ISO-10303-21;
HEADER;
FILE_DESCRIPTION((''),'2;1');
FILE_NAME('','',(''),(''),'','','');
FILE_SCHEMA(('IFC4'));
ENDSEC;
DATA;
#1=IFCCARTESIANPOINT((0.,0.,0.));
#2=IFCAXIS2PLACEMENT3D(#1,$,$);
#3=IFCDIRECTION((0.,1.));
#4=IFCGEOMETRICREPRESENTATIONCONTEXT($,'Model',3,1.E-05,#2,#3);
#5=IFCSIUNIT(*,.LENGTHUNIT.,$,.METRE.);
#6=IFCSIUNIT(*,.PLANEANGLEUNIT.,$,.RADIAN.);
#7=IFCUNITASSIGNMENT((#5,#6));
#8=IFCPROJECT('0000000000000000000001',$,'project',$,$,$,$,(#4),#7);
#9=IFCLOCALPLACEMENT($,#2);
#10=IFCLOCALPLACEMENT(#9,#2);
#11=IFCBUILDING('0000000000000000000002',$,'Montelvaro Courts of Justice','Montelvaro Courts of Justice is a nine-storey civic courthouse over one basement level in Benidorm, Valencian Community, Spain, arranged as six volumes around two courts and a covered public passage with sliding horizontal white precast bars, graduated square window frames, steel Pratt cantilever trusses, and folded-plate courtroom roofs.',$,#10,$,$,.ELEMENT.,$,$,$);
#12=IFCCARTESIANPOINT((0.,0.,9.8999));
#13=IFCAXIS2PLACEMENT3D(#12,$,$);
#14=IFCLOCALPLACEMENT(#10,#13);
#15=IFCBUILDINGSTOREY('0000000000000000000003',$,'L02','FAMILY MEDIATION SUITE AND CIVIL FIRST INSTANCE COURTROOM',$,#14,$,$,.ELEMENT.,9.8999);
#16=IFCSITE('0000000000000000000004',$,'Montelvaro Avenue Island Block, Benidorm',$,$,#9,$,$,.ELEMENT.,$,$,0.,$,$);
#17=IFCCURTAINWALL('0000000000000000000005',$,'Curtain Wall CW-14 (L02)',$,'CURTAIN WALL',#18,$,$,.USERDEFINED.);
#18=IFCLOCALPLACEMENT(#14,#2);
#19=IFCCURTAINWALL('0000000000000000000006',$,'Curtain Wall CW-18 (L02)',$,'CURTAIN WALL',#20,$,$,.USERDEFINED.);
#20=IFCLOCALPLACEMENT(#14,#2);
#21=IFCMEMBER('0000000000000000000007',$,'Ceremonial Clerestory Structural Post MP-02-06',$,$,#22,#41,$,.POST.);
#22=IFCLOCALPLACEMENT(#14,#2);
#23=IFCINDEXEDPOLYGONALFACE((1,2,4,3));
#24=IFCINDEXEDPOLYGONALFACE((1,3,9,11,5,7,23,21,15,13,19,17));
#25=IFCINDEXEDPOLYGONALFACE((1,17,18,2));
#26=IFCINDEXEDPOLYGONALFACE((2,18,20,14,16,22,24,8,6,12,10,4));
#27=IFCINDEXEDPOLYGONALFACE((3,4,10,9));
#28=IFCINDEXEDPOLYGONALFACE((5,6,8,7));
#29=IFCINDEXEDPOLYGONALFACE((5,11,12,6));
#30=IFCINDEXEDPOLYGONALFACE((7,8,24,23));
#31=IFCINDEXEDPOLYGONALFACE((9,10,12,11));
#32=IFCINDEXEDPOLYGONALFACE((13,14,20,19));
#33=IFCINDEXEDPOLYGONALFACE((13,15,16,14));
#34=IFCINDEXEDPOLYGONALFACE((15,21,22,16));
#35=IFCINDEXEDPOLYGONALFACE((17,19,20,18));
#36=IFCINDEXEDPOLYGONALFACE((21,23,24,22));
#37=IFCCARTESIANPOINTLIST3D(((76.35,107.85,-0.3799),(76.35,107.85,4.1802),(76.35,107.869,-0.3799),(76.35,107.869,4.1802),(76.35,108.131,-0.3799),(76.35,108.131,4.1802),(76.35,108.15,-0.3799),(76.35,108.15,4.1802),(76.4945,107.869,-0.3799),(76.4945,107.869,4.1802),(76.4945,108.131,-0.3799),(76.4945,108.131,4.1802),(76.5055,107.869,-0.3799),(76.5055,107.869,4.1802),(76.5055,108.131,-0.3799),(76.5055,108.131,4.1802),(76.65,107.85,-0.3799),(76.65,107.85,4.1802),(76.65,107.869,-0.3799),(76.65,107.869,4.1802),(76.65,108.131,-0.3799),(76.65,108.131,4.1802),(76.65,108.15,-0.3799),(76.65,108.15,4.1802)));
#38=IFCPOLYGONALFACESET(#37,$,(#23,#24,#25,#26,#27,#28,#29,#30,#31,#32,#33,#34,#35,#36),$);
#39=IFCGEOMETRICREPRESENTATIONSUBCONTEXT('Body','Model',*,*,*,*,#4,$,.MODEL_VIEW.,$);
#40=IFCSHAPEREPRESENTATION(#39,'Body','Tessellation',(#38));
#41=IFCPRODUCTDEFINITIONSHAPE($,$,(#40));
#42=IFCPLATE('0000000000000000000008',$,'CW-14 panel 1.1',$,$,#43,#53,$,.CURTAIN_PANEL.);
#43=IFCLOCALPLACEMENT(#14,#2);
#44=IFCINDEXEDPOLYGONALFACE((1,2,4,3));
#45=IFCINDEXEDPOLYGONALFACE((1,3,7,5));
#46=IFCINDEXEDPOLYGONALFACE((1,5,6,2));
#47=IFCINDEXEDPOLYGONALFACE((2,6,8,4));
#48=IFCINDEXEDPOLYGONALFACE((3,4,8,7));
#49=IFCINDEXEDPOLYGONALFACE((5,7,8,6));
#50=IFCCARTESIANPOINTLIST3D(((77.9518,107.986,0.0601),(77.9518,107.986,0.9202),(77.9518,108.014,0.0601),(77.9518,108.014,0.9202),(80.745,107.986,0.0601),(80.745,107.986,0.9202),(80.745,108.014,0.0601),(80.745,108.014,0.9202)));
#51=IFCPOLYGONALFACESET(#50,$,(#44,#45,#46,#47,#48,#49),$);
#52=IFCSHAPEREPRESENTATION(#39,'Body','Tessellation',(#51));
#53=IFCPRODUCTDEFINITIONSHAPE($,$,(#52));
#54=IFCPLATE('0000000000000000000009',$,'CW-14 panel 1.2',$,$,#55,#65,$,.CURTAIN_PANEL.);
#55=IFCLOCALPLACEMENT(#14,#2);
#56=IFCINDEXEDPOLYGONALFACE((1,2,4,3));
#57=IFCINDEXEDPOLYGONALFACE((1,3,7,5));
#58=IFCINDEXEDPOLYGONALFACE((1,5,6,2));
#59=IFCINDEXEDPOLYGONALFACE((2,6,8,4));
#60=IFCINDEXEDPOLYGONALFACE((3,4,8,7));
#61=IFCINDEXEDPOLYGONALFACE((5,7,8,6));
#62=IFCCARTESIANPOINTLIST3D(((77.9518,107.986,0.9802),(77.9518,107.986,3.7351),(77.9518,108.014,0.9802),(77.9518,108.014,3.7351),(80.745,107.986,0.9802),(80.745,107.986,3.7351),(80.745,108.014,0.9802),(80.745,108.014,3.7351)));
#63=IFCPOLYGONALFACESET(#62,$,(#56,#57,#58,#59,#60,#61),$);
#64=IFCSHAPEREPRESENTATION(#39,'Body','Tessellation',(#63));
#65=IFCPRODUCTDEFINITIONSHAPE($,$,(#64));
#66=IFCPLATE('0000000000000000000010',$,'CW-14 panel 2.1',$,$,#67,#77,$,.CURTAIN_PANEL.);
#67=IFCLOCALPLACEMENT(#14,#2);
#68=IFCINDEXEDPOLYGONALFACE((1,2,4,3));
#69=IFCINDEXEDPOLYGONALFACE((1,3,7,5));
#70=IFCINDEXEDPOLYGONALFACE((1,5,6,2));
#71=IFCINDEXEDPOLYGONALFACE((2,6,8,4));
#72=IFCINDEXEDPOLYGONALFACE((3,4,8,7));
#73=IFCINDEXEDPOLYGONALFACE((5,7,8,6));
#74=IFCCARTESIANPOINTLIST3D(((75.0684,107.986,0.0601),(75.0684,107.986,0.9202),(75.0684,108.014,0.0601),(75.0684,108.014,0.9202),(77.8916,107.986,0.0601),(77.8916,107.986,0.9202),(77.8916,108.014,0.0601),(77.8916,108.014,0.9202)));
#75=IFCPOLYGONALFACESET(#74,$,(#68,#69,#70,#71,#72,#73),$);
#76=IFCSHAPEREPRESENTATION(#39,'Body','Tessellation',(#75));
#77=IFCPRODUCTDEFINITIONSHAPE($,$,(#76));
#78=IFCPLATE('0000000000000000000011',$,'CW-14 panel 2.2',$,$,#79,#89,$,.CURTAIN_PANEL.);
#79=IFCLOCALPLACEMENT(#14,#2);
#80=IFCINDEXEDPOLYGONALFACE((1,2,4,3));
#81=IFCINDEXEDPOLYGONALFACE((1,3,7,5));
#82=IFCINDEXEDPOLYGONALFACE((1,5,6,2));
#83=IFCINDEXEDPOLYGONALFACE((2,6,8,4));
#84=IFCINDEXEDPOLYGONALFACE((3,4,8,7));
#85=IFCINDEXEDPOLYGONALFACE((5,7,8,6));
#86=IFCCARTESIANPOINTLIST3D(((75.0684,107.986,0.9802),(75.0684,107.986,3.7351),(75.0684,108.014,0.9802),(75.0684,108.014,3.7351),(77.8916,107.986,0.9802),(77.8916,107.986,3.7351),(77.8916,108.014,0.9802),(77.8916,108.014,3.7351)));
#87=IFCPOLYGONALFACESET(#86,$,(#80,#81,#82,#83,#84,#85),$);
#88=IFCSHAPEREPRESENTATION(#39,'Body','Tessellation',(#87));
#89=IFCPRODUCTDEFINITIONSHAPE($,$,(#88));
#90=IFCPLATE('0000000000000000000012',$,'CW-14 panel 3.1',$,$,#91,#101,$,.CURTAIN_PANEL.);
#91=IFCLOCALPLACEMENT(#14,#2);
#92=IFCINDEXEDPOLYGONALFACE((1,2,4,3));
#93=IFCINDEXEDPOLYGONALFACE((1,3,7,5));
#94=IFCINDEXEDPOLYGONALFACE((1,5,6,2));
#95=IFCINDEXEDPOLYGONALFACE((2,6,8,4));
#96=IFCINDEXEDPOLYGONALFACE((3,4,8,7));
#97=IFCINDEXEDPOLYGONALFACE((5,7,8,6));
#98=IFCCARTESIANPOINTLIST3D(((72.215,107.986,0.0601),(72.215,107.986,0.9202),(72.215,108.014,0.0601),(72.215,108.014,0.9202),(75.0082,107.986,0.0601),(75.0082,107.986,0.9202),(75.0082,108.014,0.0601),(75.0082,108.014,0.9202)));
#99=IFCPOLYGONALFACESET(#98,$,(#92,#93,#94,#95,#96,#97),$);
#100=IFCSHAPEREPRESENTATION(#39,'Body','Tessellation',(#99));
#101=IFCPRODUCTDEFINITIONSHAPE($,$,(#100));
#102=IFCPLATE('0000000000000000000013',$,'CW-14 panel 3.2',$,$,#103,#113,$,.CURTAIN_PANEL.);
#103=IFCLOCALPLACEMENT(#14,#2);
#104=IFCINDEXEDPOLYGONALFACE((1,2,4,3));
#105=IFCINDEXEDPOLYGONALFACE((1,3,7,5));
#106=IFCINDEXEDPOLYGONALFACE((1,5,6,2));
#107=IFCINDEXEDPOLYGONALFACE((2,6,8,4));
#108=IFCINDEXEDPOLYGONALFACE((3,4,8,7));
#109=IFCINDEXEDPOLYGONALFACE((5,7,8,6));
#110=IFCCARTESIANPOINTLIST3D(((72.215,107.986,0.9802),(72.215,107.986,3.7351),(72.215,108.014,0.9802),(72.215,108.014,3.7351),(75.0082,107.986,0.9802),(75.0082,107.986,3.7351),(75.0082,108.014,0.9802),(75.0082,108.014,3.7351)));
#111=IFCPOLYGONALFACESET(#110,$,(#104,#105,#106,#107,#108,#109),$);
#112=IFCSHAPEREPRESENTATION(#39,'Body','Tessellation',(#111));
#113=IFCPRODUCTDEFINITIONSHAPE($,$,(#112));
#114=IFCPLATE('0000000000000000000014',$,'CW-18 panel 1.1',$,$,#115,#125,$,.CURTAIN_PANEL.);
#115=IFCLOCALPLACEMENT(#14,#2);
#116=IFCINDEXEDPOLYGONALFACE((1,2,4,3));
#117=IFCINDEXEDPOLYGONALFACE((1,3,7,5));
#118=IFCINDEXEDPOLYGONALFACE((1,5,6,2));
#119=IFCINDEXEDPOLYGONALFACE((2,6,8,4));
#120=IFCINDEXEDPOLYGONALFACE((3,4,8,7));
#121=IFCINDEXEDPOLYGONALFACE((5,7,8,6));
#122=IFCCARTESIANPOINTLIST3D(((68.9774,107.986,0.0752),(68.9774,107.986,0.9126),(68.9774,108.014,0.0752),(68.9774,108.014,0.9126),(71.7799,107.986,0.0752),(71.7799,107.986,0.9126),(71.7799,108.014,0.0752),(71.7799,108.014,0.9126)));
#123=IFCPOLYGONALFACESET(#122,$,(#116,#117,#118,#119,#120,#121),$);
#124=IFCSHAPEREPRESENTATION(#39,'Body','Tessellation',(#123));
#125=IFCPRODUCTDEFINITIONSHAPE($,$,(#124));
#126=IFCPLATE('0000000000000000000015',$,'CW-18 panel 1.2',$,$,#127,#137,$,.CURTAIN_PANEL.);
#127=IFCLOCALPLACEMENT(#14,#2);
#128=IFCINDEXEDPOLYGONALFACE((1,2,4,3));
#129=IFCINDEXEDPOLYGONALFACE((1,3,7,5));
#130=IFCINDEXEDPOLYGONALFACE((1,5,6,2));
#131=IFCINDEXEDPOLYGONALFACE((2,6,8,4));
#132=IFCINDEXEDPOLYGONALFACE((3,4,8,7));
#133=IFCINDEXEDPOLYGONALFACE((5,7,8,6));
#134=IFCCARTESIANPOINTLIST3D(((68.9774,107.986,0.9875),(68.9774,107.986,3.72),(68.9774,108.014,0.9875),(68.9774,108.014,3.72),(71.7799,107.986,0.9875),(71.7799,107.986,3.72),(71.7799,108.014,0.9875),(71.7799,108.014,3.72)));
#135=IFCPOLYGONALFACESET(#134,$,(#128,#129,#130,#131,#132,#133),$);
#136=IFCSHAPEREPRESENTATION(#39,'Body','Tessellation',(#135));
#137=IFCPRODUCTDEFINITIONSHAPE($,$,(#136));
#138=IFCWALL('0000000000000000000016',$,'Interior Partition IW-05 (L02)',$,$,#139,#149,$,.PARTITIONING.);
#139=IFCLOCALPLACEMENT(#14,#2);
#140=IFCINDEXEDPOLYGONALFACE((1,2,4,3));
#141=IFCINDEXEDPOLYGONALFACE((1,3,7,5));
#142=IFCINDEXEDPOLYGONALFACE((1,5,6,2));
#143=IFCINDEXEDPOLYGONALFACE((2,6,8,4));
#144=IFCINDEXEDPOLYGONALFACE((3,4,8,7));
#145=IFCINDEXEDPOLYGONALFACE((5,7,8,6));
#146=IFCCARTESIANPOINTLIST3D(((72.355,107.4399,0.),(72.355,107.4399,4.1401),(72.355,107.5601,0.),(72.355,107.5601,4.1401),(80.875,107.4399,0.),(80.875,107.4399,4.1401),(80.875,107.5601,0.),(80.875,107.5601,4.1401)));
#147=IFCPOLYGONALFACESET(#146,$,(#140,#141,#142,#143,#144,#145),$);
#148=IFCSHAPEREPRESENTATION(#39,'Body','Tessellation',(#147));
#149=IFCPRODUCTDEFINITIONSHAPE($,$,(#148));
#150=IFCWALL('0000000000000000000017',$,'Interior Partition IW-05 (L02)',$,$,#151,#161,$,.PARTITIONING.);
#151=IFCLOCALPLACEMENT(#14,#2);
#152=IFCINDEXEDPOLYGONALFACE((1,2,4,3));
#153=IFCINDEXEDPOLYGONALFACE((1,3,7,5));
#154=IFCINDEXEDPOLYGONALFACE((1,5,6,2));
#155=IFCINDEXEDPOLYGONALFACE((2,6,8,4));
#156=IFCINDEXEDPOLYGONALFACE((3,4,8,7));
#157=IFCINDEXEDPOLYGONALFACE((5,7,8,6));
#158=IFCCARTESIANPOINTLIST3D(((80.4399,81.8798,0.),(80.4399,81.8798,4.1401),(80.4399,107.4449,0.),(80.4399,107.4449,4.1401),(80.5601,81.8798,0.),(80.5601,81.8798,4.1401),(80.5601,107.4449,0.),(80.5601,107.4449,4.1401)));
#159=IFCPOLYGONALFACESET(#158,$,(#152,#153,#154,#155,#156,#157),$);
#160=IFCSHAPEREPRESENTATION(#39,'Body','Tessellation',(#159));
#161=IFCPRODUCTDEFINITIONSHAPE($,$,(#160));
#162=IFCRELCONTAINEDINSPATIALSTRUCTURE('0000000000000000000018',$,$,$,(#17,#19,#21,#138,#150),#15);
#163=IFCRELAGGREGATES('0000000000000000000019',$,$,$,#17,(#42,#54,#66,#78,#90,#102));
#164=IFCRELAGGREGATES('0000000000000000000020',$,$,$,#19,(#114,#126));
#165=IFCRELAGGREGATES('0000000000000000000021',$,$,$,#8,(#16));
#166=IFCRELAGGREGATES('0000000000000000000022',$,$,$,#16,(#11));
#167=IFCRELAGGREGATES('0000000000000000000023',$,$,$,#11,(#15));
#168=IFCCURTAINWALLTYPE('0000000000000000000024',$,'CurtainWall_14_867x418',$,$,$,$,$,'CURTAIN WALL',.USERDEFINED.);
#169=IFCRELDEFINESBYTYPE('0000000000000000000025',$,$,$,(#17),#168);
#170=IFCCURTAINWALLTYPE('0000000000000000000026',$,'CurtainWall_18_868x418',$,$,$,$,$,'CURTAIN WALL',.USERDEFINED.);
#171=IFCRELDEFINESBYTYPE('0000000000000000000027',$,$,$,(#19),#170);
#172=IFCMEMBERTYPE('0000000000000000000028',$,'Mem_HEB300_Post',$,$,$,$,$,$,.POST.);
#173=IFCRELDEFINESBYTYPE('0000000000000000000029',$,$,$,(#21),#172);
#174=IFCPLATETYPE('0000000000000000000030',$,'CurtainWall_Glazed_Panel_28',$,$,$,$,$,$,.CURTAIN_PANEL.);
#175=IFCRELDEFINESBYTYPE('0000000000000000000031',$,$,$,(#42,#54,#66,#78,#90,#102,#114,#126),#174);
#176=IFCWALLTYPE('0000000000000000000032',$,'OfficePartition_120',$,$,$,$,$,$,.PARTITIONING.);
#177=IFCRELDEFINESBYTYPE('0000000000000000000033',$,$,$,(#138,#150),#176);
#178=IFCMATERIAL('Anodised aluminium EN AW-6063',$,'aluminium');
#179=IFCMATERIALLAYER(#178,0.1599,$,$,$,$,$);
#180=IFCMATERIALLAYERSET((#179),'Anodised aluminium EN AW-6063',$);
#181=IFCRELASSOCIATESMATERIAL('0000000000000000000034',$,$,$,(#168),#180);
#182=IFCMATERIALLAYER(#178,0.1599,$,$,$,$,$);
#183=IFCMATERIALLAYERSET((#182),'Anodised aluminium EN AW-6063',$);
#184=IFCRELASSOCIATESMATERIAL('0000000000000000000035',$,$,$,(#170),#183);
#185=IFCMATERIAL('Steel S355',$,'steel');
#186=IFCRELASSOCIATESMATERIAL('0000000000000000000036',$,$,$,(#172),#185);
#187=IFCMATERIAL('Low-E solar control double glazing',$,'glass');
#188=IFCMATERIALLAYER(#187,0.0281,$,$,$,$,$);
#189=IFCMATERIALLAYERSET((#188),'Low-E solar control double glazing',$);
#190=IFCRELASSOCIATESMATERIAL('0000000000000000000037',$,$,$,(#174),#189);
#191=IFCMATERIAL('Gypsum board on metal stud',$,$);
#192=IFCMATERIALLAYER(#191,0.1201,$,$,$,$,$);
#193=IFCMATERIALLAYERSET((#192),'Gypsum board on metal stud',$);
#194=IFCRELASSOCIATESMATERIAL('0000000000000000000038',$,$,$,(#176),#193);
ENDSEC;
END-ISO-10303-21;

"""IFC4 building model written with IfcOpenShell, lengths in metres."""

from ifc_helpers import new_model, si_unit, direction, frame, frame_2d, origin, origin_2d, place, context, subcontext, project, spatial, rectangle, i_section, extrude, material, layer, layer_set, material_profile, profile_set, type_object, element, aggregate, save


model = new_model("IFC4")

# Units and contexts
model_context = context("Model", 3, precision=1e-05, world=origin(), true_north=direction((0.0, 1.0)))
body_context = subcontext(model_context, "Body", "Model", "MODEL_VIEW")
ifc_project = project(units=[si_unit("LENGTHUNIT", "METRE"), si_unit("PLANEANGLEUNIT", "RADIAN")], contexts=[model_context])

# Site, building, storey
site_placement = place(None, origin())
site = spatial("IfcSite", under=ifc_project, at=site_placement, Name="Montelvaro Avenue Island Block, Benidorm", CompositionType="ELEMENT", RefElevation=0.0)
building_placement = place(site_placement, origin())
building = spatial("IfcBuilding", under=site, at=building_placement, Name="Montelvaro Courts of Justice", Description="Montelvaro Courts of Justice is a nine-storey civic courthouse over one basement level in Benidorm, Valencian Community, Spain, arranged as six volumes around two courts and a covered public passage with sliding horizontal white precast bars, graduated square window frames, steel Pratt cantilever trusses, and folded-plate courtroom roofs.", CompositionType="ELEMENT")
storey_placement = place(building_placement, frame((0.0, 0.0, 9.8999)))
storey = spatial("IfcBuildingStorey", under=building, at=storey_placement, Name="L02", Description="FAMILY MEDIATION SUITE AND CIVIL FIRST INSTANCE COURTROOM", CompositionType="ELEMENT", Elevation=9.8999)

# Shared definitions
ifc_material_1 = material(Name="Steel S355", Category="steel")

# Shared definitions
ifc_material_2 = material(Name="Anodised aluminium EN AW-6063", Category="aluminium")

# Curtain wall
ifc_layer_1 = layer(ifc_material_2, 0.1599)
ifc_layer_set_1 = layer_set([ifc_layer_1], Name="Anodised aluminium EN AW-6063")
curtain_wall_type_1 = type_object("IfcCurtainWallType", Name="CurtainWall_14_867x418", ElementType="CURTAIN WALL", PredefinedType="USERDEFINED", material=ifc_layer_set_1)
curtain_wall_1_placement = place(storey_placement, origin())
curtain_wall_1 = element("IfcCurtainWall", 1, at=curtain_wall_1_placement, inside=storey, type_object=curtain_wall_type_1, Name="Curtain Wall CW-14 (L02)", ObjectType="CURTAIN WALL", PredefinedType="USERDEFINED")

# Curtain wall
ifc_layer_2 = layer(ifc_material_2, 0.1599)
ifc_layer_set_2 = layer_set([ifc_layer_2], Name="Anodised aluminium EN AW-6063")
curtain_wall_type_2 = type_object("IfcCurtainWallType", Name="CurtainWall_18_868x418", ElementType="CURTAIN WALL", PredefinedType="USERDEFINED", material=ifc_layer_set_2)
curtain_wall_2_placement = place(storey_placement, origin())
curtain_wall_2 = element("IfcCurtainWall", 2, at=curtain_wall_2_placement, inside=storey, type_object=curtain_wall_type_2, Name="Curtain Wall CW-18 (L02)", ObjectType="CURTAIN WALL", PredefinedType="USERDEFINED")

# Member
ifc_material_profile_1 = material_profile(ifc_material_1, i_section(OverallWidth=0.3, OverallDepth=0.3, WebThickness=0.011, FlangeThickness=0.019, at=origin_2d()), Name="HEB 300")
ifc_profile_set_1 = profile_set([ifc_material_profile_1], Name="Steel S355")
member_type_1 = type_object("IfcMemberType", Name="Mem_HEB300_Post", PredefinedType="POST", material=ifc_profile_set_1)
member_1_placement = place(storey_placement, frame((76.5, 108.0, -0.3799), z_axis=(0.0, 0.0, 1.0), x_axis=(1.0, 0.0, 0.0)))
element("IfcMember", 3, at=member_1_placement, inside=storey, type_object=member_type_1, Name="Ceremonial Clerestory Structural Post MP-02-06", PredefinedType="POST", context=body_context, shape_type="SweptSolid", body=[
    extrude(i_section(OverallWidth=0.3, OverallDepth=0.3, WebThickness=0.011, FlangeThickness=0.019, at=origin_2d()), origin(), (0.0, 0.0, 1.0), 4.5601),
])

# Plates
ifc_material_3 = material(Name="Low-E solar control double glazing", Category="glass")
ifc_layer_3 = layer(ifc_material_3, 0.0281)
ifc_layer_set_3 = layer_set([ifc_layer_3], Name="Low-E solar control double glazing")
plate_type = type_object("IfcPlateType", Name="CurtainWall_Glazed_Panel_28", PredefinedType="CURTAIN_PANEL", material=ifc_layer_set_3)
plate_1_placement = place(storey_placement, frame((79.3484, 108.0, 0.0601), z_axis=(0.0, 0.0, 1.0), x_axis=(-1.0, 0.0, 0.0)))
plate_1 = element("IfcPlate", 4, at=plate_1_placement, type_object=plate_type, Name="CW-14 panel 1.1", PredefinedType="CURTAIN_PANEL", context=body_context, shape_type="SweptSolid", body=[
    extrude(rectangle(XDim=2.7932, YDim=0.0281, at=origin_2d()), origin(), (0.0, 0.0, 1.0), 0.8601),
])
plate_2_placement = place(storey_placement, frame((79.3484, 108.0, 0.9802), z_axis=(0.0, 0.0, 1.0), x_axis=(-1.0, 0.0, 0.0)))
plate_2 = element("IfcPlate", 5, at=plate_2_placement, type_object=plate_type, Name="CW-14 panel 1.2", PredefinedType="CURTAIN_PANEL", context=body_context, shape_type="SweptSolid", body=[
    extrude(rectangle(XDim=2.7932, YDim=0.0281, at=origin_2d()), origin(), (0.0, 0.0, 1.0), 2.7549),
])
plate_3_placement = place(storey_placement, frame((76.48, 108.0, 0.0601), z_axis=(0.0, 0.0, 1.0), x_axis=(-1.0, 0.0, 0.0)))
plate_3 = element("IfcPlate", 6, at=plate_3_placement, type_object=plate_type, Name="CW-14 panel 2.1", PredefinedType="CURTAIN_PANEL", context=body_context, shape_type="SweptSolid", body=[
    extrude(rectangle(XDim=2.8232, YDim=0.0281, at=origin_2d()), origin(), (0.0, 0.0, 1.0), 0.8601),
])
plate_4_placement = place(storey_placement, frame((76.48, 108.0, 0.9802), z_axis=(0.0, 0.0, 1.0), x_axis=(-1.0, 0.0, 0.0)))
plate_4 = element("IfcPlate", 7, at=plate_4_placement, type_object=plate_type, Name="CW-14 panel 2.2", PredefinedType="CURTAIN_PANEL", context=body_context, shape_type="SweptSolid", body=[
    extrude(rectangle(XDim=2.8232, YDim=0.0281, at=origin_2d()), origin(), (0.0, 0.0, 1.0), 2.7549),
])
plate_5_placement = place(storey_placement, frame((73.6116, 108.0, 0.0601), z_axis=(0.0, 0.0, 1.0), x_axis=(-1.0, 0.0, 0.0)))
plate_5 = element("IfcPlate", 8, at=plate_5_placement, type_object=plate_type, Name="CW-14 panel 3.1", PredefinedType="CURTAIN_PANEL", context=body_context, shape_type="SweptSolid", body=[
    extrude(rectangle(XDim=2.7932, YDim=0.0281, at=origin_2d()), origin(), (0.0, 0.0, 1.0), 0.8601),
])
plate_6_placement = place(storey_placement, frame((73.6116, 108.0, 0.9802), z_axis=(0.0, 0.0, 1.0), x_axis=(-1.0, 0.0, 0.0)))
plate_6 = element("IfcPlate", 9, at=plate_6_placement, type_object=plate_type, Name="CW-14 panel 3.2", PredefinedType="CURTAIN_PANEL", context=body_context, shape_type="SweptSolid", body=[
    extrude(rectangle(XDim=2.7932, YDim=0.0281, at=origin_2d()), origin(), (0.0, 0.0, 1.0), 2.7549),
])
aggregate(curtain_wall_1, [plate_1, plate_2, plate_3, plate_4, plate_5, plate_6])
plate_7_placement = place(storey_placement, frame((70.3787, 108.0, 0.0752), z_axis=(0.0, 0.0, 1.0), x_axis=(-1.0, 0.0, 0.0)))
plate_7 = element("IfcPlate", 10, at=plate_7_placement, type_object=plate_type, Name="CW-18 panel 1.1", PredefinedType="CURTAIN_PANEL", context=body_context, shape_type="SweptSolid", body=[
    extrude(rectangle(XDim=2.8025, YDim=0.0281, at=origin_2d()), origin(), (0.0, 0.0, 1.0), 0.8374),
])
plate_8_placement = place(storey_placement, frame((70.3787, 108.0, 0.9875), z_axis=(0.0, 0.0, 1.0), x_axis=(-1.0, 0.0, 0.0)))
plate_8 = element("IfcPlate", 11, at=plate_8_placement, type_object=plate_type, Name="CW-18 panel 1.2", PredefinedType="CURTAIN_PANEL", context=body_context, shape_type="SweptSolid", body=[
    extrude(rectangle(XDim=2.8025, YDim=0.0281, at=origin_2d()), origin(), (0.0, 0.0, 1.0), 2.7324),
])
aggregate(curtain_wall_2, [plate_7, plate_8])

# Walls
ifc_material_4 = material(Name="Gypsum board on metal stud")
ifc_layer_4 = layer(ifc_material_4, 0.1201)
ifc_layer_set_4 = layer_set([ifc_layer_4], Name="Gypsum board on metal stud")
wall_type = type_object("IfcWallType", Name="OfficePartition_120", PredefinedType="PARTITIONING", material=ifc_layer_set_4)
wall_1_placement = place(storey_placement, frame((72.355, 107.5, 0.0), z_axis=(0.0, 0.0, 1.0), x_axis=(1.0, 0.0, 0.0)))
element("IfcWall", 12, at=wall_1_placement, inside=storey, type_object=wall_type, Name="Interior Partition IW-05 (L02)", PredefinedType="PARTITIONING", context=body_context, shape_type="SweptSolid", body=[
    extrude(rectangle(XDim=8.52, YDim=0.1201, at=frame_2d((4.26, 0.0))), origin(), (0.0, 0.0, 1.0), 4.1401),
])
wall_2_placement = place(storey_placement, frame((80.5, 107.4451, 0.0), z_axis=(0.0, 0.0, 1.0), x_axis=(0.0, -1.0, 0.0)))
element("IfcWall", 13, at=wall_2_placement, inside=storey, type_object=wall_type, Name="Interior Partition IW-05 (L02)", PredefinedType="PARTITIONING", context=body_context, shape_type="SweptSolid", body=[
    extrude(rectangle(XDim=25.5652, YDim=0.1201, at=frame_2d((12.7827, 0.0))), origin(), (0.0, 0.0, 1.0), 4.1401),
])

save(model, "model.ifc")
